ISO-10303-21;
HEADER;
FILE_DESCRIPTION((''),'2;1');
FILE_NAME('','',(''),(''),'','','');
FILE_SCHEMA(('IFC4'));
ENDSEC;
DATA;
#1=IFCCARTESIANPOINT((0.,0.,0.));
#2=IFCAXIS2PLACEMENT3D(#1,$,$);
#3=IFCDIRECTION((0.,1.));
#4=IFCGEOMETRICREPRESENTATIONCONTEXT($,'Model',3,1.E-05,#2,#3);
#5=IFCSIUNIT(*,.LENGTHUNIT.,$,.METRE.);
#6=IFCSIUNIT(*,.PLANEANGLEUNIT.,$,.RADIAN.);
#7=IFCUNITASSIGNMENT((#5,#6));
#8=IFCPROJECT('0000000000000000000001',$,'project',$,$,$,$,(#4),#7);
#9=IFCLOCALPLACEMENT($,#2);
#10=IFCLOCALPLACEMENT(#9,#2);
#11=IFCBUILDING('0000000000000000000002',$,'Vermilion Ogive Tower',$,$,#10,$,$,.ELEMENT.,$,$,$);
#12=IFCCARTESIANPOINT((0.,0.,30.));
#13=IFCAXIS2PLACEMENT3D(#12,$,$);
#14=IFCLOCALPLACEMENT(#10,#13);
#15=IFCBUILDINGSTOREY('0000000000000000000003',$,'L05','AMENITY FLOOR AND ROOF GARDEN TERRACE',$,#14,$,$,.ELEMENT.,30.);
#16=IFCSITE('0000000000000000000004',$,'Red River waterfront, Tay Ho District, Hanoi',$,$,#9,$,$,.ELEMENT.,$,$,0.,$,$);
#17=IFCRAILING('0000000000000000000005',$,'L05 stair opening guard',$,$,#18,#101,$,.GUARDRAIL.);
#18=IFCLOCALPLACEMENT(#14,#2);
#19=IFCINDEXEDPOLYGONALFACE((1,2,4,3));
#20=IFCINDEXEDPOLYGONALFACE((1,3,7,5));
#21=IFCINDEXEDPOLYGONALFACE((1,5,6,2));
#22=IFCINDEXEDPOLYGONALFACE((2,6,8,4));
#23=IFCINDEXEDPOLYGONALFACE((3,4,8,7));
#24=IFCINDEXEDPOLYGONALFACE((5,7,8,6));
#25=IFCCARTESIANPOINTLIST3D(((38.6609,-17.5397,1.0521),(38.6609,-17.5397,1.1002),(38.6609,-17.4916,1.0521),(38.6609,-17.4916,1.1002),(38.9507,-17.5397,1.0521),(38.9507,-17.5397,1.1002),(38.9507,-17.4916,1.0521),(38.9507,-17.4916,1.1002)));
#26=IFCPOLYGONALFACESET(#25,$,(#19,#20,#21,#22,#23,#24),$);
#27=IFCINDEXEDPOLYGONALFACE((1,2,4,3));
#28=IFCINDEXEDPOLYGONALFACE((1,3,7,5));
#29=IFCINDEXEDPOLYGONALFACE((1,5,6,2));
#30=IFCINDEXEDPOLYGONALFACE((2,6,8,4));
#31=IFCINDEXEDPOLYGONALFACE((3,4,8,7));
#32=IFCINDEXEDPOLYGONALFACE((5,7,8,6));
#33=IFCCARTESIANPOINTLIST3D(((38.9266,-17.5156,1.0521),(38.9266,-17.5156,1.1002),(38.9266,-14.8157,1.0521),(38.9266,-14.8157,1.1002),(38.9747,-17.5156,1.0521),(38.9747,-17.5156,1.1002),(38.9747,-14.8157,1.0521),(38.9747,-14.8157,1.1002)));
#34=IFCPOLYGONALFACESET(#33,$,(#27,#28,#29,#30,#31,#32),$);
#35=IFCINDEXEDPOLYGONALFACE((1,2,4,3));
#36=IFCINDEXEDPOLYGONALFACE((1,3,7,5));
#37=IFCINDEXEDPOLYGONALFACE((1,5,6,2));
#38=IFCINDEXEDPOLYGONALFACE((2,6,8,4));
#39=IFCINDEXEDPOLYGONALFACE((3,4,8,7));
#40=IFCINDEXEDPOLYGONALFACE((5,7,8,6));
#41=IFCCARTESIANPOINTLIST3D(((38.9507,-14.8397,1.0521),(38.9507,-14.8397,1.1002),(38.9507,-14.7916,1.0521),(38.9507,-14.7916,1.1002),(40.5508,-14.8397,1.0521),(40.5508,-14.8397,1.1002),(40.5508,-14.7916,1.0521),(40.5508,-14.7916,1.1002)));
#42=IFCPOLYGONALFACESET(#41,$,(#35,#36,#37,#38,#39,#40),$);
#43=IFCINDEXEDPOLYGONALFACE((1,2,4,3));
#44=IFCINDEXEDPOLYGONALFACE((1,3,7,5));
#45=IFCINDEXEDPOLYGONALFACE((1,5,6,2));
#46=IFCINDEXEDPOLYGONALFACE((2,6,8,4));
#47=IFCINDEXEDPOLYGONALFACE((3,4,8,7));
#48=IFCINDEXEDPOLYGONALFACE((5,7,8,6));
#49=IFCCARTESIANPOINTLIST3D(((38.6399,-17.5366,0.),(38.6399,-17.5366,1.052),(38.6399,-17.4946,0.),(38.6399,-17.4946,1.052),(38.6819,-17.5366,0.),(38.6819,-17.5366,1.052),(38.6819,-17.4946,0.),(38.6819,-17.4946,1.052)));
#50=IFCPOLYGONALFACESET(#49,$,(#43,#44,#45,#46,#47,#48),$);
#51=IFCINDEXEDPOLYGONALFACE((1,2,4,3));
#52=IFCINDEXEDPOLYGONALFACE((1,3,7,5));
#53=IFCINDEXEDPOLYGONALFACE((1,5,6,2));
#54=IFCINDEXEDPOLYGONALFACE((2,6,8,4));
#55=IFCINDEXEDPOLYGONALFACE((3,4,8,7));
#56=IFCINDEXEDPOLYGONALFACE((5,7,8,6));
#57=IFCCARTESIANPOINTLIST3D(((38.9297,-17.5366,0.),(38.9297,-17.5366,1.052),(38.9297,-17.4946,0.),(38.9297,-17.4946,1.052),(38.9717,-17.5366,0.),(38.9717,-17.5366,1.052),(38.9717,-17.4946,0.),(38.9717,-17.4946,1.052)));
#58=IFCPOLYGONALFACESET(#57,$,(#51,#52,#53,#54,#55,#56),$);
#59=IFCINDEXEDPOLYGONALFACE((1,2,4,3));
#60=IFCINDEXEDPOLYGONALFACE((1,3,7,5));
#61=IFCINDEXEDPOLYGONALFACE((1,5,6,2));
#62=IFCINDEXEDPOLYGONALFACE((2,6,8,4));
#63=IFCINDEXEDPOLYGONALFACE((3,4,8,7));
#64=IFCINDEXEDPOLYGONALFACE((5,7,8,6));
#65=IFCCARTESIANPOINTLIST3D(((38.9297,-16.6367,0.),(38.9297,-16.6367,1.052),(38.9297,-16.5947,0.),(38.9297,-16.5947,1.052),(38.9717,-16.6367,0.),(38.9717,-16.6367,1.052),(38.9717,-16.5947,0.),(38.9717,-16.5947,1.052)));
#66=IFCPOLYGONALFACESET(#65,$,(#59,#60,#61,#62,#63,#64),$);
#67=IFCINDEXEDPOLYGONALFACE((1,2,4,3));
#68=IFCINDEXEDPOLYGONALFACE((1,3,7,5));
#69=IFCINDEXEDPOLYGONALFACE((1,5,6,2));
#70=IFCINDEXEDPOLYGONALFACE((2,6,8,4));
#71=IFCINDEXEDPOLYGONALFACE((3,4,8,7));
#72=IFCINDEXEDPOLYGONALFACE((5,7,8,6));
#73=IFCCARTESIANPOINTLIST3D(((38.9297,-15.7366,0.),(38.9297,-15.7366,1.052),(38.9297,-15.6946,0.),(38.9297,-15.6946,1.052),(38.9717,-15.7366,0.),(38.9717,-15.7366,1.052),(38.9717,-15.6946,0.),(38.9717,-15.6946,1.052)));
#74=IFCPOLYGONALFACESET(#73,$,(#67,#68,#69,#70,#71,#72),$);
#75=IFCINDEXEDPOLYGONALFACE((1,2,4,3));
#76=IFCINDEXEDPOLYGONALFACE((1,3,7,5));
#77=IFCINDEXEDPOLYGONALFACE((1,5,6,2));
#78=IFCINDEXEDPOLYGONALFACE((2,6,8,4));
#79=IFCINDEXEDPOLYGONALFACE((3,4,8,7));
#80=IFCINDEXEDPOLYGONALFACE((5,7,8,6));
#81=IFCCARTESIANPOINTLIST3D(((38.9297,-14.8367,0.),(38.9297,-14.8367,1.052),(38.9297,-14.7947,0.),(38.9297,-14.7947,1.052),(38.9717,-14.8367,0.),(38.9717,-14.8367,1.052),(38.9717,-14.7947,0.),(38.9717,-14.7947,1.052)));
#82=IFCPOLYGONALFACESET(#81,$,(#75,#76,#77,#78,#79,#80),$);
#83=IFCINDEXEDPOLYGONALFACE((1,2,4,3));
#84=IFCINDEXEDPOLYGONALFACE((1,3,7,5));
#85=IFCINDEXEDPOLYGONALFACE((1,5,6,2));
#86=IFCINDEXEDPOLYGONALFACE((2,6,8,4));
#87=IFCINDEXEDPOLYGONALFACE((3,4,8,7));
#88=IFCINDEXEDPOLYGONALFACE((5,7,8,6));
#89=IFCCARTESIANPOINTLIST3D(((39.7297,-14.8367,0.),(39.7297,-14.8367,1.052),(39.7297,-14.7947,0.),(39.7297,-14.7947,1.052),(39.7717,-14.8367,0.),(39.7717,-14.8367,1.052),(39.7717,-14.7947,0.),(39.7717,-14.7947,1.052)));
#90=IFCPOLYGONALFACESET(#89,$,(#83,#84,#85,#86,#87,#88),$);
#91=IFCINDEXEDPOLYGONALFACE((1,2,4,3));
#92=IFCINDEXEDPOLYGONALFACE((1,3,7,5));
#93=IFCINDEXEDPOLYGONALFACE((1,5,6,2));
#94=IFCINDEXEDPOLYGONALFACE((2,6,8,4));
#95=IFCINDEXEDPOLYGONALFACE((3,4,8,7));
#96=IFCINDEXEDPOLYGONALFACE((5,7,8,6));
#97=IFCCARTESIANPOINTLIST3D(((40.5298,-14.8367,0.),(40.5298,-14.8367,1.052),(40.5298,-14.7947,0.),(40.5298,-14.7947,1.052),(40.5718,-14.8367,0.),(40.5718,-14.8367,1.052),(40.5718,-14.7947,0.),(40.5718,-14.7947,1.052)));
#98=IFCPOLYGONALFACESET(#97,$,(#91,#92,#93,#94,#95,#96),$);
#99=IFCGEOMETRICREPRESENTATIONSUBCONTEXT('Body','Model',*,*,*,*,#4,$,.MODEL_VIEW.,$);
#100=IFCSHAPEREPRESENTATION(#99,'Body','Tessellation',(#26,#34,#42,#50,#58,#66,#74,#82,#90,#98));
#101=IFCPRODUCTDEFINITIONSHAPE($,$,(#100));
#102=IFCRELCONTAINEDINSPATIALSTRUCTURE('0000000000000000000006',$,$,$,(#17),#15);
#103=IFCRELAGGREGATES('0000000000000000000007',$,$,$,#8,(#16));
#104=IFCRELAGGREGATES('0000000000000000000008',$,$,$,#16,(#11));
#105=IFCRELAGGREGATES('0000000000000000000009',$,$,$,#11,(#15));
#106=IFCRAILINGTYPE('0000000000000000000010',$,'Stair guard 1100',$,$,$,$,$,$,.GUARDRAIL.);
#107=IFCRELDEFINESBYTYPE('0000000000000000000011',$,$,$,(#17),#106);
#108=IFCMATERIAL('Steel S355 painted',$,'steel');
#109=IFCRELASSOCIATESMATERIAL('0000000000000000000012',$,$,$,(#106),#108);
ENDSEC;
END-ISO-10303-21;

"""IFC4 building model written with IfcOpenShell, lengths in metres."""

from ifc_helpers import new_model, si_unit, direction, frame, origin, origin_2d, place, context, subcontext, project, spatial, rectangle, extrude, material, type_object, element, save


model = new_model("IFC4")

# Units and contexts
model_context = context("Model", 3, precision=1e-05, world=origin(), true_north=direction((0.0, 1.0)))
body_context = subcontext(model_context, "Body", "Model", "MODEL_VIEW")
ifc_project = project(units=[si_unit("LENGTHUNIT", "METRE"), si_unit("PLANEANGLEUNIT", "RADIAN")], contexts=[model_context])

# Site, building, storey
site_placement = place(None, origin())
site = spatial("IfcSite", under=ifc_project, at=site_placement, Name="Red River waterfront, Tay Ho District, Hanoi", CompositionType="ELEMENT", RefElevation=0.0)
building_placement = place(site_placement, origin())
building = spatial("IfcBuilding", under=site, at=building_placement, Name="Vermilion Ogive Tower", CompositionType="ELEMENT")
storey_placement = place(building_placement, frame((0.0, 0.0, 30.0)))
storey = spatial("IfcBuildingStorey", under=building, at=storey_placement, Name="L05", Description="AMENITY FLOOR AND ROOF GARDEN TERRACE", CompositionType="ELEMENT", Elevation=30.0)

# Railing
ifc_material_1 = material(Name="Steel S355 painted", Category="steel")
railing_type = type_object("IfcRailingType", Name="Stair guard 1100", PredefinedType="GUARDRAIL", material=ifc_material_1)
railing_1_placement = place(storey_placement, frame((38.6609, -17.5156, 0.0)))
element("IfcRailing", 1, at=railing_1_placement, inside=storey, type_object=railing_type, Name="L05 stair opening guard", PredefinedType="GUARDRAIL", context=body_context, shape_type="SweptSolid", body=[
    extrude(rectangle(XDim=0.0481, YDim=0.0481, at=origin_2d()), frame((0.0, 0.0, 1.0762), z_axis=(1.0, 0.0, 0.0), x_axis=(0.0, 1.0, 0.0)), (0.0, 0.0, 1.0), 0.2898),
    extrude(rectangle(XDim=0.0481, YDim=0.0481, at=origin_2d()), frame((0.2898, 0.0, 1.0762), z_axis=(0.0, 1.0, 0.0), x_axis=(-1.0, 0.0, 0.0)), (0.0, 0.0, 1.0), 2.7),
    extrude(rectangle(XDim=0.0481, YDim=0.0481, at=origin_2d()), frame((0.2898, 2.7, 1.0762), z_axis=(1.0, 0.0, 0.0), x_axis=(0.0, 1.0, 0.0)), (0.0, 0.0, 1.0), 1.6001),
    extrude(rectangle(XDim=0.042, YDim=0.042, at=origin_2d()), origin(), (0.0, 0.0, 1.0), 1.052),
    extrude(rectangle(XDim=0.042, YDim=0.042, at=origin_2d()), frame((0.2898, 0.0, 0.0)), (0.0, 0.0, 1.0), 1.052),
    extrude(rectangle(XDim=0.042, YDim=0.042, at=origin_2d()), frame((0.2898, 0.8999, 0.0)), (0.0, 0.0, 1.0), 1.052),
    extrude(rectangle(XDim=0.042, YDim=0.042, at=origin_2d()), frame((0.2898, 1.8, 0.0)), (0.0, 0.0, 1.0), 1.052),
    extrude(rectangle(XDim=0.042, YDim=0.042, at=origin_2d()), frame((0.2898, 2.7, 0.0)), (0.0, 0.0, 1.0), 1.052),
    extrude(rectangle(XDim=0.042, YDim=0.042, at=origin_2d()), frame((1.0898, 2.7, 0.0)), (0.0, 0.0, 1.0), 1.052),
    extrude(rectangle(XDim=0.042, YDim=0.042, at=origin_2d()), frame((1.8899, 2.7, 0.0)), (0.0, 0.0, 1.0), 1.052),
])

save(model, "model.ifc")
